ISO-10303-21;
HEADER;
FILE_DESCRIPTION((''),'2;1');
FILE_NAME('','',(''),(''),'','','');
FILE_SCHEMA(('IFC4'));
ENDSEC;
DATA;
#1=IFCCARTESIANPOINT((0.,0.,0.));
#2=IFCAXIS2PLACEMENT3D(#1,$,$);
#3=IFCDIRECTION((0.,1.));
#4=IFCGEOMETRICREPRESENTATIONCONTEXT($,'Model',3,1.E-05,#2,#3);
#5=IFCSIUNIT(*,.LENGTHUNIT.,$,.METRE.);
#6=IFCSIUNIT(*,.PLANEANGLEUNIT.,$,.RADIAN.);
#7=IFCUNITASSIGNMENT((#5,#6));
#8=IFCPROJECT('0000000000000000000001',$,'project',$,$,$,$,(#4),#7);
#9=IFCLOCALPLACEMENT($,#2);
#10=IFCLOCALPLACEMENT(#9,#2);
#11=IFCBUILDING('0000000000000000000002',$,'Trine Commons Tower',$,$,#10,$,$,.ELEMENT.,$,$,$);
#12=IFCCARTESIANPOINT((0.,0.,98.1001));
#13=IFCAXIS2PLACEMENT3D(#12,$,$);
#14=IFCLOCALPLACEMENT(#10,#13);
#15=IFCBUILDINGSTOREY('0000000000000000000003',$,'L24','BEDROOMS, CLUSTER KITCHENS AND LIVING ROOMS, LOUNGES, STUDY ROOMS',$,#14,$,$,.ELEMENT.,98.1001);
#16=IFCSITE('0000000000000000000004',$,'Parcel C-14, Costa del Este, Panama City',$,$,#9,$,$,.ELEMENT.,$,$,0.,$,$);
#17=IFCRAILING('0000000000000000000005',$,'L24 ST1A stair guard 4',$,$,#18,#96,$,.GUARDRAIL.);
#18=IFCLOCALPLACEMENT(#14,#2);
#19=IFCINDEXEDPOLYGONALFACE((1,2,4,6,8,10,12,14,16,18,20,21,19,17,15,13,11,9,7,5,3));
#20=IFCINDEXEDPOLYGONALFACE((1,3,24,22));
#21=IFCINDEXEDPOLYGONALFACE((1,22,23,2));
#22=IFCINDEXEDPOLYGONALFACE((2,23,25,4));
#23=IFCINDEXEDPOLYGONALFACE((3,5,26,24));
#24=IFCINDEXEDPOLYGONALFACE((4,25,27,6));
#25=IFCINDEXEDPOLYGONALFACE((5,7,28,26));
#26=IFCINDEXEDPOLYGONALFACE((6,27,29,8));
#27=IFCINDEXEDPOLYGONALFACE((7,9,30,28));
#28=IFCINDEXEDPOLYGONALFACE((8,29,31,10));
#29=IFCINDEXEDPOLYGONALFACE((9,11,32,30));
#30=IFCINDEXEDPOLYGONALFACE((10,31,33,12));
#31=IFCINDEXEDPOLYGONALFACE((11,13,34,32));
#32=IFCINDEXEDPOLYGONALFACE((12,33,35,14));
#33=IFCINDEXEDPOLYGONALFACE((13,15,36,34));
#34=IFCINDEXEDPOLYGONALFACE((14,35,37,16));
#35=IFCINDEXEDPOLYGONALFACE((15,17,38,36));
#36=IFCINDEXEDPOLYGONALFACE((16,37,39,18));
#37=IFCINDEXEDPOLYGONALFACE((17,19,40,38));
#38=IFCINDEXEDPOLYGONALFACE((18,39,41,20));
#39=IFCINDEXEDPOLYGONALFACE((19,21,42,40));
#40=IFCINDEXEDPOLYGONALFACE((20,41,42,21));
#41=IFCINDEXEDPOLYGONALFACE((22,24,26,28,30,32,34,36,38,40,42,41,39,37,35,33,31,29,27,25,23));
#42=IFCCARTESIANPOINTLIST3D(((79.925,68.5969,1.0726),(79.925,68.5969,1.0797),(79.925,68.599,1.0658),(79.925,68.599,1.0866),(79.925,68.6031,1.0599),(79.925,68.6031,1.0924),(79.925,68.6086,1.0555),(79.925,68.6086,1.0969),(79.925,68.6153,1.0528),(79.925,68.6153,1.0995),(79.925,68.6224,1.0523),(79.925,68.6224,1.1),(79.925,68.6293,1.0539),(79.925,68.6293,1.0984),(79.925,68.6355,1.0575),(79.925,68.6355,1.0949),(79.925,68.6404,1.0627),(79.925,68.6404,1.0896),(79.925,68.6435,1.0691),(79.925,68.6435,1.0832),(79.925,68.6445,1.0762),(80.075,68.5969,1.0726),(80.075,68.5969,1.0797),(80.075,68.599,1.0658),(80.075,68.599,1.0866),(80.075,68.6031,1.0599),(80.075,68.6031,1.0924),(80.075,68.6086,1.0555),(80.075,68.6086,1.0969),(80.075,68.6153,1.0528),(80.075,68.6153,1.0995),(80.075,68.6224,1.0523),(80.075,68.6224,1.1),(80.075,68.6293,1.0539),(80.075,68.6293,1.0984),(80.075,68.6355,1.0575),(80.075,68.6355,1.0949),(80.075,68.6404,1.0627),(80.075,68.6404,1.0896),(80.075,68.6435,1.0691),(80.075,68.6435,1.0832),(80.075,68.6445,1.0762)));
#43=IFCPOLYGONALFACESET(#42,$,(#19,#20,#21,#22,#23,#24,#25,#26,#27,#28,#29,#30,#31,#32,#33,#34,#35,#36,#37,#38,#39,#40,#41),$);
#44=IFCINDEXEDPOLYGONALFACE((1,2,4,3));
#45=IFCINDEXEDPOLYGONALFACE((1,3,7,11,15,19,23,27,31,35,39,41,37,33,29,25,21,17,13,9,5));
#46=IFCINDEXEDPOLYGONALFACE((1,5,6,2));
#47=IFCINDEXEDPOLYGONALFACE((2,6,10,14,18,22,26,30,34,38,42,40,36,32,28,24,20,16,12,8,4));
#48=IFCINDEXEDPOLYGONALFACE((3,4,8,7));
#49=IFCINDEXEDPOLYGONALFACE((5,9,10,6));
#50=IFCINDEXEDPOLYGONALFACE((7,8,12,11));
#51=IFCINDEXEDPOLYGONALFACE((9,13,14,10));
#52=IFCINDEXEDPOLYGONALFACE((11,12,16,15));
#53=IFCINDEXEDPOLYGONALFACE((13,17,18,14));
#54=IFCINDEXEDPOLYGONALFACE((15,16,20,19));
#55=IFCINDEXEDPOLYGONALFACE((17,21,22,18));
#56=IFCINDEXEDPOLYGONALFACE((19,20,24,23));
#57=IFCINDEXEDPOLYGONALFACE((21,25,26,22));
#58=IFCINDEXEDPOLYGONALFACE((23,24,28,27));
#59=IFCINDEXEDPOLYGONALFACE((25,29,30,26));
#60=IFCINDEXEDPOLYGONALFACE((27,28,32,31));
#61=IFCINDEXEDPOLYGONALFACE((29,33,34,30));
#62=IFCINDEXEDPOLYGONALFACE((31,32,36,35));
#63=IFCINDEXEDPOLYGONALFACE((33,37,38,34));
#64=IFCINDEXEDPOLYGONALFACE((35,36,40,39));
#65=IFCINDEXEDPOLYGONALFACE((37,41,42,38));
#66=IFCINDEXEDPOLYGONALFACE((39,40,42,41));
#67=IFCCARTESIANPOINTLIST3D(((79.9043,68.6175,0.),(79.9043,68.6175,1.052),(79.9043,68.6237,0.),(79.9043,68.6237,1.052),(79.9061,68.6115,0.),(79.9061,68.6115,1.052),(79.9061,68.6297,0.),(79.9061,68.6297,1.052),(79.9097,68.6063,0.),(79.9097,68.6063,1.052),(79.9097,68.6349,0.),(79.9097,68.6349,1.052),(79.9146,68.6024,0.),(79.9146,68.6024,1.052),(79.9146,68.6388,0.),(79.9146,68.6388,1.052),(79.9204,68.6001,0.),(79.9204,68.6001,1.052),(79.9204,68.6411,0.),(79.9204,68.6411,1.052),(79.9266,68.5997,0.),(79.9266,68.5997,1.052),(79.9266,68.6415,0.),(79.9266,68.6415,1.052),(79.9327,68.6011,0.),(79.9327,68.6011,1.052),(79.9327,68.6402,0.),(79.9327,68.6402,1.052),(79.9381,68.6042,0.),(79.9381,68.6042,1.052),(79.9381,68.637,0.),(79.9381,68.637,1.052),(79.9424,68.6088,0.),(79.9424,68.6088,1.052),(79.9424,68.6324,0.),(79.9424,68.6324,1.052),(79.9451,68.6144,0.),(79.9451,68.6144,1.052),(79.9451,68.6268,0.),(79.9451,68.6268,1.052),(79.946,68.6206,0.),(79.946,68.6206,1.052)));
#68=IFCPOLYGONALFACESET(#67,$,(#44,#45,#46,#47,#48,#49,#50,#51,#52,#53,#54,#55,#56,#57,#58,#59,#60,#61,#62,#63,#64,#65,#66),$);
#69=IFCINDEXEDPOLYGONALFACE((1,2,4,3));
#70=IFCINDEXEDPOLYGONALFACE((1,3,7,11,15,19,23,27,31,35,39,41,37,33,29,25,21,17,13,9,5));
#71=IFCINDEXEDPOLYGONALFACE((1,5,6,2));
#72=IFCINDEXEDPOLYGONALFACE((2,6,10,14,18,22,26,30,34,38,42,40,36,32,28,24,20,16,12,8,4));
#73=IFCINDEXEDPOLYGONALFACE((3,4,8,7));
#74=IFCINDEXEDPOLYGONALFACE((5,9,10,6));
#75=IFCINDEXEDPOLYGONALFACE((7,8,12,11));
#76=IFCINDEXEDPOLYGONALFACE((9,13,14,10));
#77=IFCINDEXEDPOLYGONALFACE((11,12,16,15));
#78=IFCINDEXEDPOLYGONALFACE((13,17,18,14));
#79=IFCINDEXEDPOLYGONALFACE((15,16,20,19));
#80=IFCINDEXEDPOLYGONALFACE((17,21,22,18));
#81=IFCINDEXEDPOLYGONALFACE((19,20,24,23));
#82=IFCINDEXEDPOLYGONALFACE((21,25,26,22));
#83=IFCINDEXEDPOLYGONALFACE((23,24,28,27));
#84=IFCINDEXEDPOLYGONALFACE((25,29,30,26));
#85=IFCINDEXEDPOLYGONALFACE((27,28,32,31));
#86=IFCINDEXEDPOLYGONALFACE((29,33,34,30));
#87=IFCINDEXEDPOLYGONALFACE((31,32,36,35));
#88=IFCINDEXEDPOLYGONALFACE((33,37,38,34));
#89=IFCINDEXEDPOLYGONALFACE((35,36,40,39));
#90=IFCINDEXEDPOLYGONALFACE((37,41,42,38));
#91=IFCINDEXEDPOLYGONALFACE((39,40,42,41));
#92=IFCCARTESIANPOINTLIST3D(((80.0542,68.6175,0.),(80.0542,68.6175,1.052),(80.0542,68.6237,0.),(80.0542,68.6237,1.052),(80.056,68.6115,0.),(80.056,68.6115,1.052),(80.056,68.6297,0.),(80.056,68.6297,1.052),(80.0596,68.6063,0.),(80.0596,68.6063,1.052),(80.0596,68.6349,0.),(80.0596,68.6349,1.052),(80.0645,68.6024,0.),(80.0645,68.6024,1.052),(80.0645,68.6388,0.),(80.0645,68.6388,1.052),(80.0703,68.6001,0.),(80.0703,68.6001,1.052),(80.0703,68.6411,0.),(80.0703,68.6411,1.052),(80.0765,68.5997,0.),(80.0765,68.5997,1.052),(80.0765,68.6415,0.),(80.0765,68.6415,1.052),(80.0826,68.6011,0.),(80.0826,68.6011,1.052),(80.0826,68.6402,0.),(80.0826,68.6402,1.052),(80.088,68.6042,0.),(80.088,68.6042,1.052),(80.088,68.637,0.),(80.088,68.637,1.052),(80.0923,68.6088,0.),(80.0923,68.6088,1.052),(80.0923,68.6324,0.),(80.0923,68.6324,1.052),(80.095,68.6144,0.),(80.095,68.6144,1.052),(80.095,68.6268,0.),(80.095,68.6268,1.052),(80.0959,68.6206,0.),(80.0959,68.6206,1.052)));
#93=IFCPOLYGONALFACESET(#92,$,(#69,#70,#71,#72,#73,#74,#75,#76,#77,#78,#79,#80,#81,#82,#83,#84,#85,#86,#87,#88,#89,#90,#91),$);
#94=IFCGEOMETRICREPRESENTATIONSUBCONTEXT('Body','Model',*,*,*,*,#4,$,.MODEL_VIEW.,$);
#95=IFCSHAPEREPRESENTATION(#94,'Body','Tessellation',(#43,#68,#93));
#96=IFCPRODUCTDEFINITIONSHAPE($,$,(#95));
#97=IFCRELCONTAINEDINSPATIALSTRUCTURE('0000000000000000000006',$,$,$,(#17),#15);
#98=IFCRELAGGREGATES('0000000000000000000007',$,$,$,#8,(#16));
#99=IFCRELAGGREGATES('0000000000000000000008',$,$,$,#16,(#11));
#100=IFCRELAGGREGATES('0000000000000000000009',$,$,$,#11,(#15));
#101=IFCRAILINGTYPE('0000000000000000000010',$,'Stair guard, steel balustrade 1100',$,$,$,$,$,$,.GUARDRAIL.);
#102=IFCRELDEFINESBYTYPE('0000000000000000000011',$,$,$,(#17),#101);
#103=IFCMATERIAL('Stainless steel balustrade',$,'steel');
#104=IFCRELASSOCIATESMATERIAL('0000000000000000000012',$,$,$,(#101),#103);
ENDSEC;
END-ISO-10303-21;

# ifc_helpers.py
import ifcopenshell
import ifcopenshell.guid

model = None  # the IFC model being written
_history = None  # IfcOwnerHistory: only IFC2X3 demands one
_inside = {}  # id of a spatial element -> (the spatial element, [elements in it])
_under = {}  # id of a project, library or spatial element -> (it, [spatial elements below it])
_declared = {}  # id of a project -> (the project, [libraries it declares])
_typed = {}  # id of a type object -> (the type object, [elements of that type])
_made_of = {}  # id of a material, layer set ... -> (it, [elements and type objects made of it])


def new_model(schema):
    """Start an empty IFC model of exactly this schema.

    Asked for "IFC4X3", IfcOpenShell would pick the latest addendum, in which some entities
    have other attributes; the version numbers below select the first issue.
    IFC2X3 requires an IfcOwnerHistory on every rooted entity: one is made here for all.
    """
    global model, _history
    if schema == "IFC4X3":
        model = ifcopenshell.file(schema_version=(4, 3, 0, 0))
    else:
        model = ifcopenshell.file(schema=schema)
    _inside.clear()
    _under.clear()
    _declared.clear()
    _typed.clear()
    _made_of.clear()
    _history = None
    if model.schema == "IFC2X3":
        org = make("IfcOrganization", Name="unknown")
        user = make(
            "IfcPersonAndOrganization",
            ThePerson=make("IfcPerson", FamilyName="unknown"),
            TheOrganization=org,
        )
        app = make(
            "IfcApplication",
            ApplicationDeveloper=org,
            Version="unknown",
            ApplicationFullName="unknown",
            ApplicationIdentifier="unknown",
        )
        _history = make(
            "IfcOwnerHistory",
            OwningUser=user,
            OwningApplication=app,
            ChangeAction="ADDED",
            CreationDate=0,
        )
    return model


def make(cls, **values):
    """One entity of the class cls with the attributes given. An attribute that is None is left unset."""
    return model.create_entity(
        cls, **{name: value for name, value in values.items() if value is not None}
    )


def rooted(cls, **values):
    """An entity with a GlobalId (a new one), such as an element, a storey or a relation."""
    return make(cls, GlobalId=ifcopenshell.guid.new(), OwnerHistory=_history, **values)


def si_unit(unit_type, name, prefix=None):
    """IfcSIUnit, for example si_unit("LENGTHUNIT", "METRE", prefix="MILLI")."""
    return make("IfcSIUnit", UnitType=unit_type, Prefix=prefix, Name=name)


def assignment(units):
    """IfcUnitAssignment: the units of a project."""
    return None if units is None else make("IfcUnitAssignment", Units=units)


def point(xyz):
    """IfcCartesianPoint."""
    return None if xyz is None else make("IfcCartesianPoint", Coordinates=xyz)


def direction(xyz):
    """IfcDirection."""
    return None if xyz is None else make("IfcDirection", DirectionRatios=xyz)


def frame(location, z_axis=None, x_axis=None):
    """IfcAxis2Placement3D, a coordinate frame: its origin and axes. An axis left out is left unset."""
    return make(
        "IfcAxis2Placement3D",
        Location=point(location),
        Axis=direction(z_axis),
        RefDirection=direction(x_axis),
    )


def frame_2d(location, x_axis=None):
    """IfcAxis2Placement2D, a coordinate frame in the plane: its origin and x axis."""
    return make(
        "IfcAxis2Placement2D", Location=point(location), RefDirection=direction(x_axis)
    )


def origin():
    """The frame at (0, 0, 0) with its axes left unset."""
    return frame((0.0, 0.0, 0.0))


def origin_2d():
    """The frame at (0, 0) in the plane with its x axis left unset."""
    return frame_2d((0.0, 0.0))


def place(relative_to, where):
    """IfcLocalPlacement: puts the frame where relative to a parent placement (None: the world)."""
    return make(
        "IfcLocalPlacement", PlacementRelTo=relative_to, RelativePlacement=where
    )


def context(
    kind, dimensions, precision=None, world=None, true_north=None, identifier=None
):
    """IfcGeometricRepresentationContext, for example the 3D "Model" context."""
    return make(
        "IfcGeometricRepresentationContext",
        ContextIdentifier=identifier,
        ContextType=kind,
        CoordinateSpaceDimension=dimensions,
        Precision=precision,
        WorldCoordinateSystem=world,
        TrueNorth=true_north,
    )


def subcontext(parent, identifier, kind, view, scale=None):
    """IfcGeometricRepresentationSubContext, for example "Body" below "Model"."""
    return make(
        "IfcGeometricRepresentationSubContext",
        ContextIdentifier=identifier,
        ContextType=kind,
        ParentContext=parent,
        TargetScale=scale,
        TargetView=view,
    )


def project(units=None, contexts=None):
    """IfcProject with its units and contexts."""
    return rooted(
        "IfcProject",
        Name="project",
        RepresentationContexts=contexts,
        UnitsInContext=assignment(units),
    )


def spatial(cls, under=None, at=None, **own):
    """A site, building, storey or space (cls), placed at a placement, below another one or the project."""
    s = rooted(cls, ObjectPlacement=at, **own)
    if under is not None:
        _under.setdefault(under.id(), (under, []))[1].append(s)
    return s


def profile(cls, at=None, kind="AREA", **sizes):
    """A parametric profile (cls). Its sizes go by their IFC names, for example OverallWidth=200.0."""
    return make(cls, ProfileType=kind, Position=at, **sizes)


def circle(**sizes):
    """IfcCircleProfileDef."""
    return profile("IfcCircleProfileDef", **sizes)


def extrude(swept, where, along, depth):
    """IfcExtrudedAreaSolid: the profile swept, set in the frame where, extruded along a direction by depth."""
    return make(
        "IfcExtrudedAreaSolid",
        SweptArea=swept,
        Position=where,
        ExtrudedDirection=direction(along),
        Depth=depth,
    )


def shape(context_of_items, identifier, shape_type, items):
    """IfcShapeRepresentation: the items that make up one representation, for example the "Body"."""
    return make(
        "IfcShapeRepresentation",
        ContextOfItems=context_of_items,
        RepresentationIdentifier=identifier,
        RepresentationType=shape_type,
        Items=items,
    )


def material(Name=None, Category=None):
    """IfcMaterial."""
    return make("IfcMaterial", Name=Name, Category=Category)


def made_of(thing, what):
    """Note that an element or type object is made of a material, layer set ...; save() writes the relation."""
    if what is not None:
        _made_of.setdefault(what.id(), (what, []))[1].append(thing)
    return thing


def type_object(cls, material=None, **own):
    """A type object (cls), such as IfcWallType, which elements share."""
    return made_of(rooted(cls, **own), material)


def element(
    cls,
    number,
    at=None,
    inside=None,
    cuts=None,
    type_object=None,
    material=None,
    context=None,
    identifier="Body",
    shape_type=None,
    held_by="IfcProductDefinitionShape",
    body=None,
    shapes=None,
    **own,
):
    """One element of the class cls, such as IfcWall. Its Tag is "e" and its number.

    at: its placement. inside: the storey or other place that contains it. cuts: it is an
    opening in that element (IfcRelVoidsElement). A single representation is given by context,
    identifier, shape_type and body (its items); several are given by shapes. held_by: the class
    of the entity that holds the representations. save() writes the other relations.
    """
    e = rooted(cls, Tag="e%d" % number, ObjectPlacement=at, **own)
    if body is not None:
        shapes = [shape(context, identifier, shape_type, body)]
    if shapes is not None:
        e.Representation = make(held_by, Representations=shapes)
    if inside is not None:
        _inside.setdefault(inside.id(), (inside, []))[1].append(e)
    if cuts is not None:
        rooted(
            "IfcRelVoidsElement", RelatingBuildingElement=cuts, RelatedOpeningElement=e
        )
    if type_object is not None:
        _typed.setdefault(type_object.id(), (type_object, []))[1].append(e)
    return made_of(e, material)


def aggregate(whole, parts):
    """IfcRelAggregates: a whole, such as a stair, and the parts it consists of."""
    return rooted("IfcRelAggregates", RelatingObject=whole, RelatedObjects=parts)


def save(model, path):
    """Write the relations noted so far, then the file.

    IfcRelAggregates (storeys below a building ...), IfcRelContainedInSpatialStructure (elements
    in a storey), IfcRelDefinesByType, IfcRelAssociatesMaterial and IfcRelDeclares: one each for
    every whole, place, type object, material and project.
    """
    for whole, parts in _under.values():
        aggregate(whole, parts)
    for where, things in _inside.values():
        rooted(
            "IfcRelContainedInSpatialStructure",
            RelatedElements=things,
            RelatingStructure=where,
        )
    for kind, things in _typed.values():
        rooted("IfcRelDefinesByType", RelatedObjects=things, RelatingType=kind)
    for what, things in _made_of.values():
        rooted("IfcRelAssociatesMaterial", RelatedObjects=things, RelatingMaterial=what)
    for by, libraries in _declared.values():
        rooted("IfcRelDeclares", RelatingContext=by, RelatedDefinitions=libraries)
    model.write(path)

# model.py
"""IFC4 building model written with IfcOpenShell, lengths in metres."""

from ifc_helpers import new_model, si_unit, direction, frame, origin, origin_2d, place, context, subcontext, project, spatial, circle, extrude, material, type_object, element, save


model = new_model("IFC4")

# Units and contexts
model_context = context("Model", 3, precision=1e-05, world=origin(), true_north=direction((0.0, 1.0)))
body_context = subcontext(model_context, "Body", "Model", "MODEL_VIEW")
ifc_project = project(units=[si_unit("LENGTHUNIT", "METRE"), si_unit("PLANEANGLEUNIT", "RADIAN")], contexts=[model_context])

# Site, building, storey
site_placement = place(None, origin())
site = spatial("IfcSite", under=ifc_project, at=site_placement, Name="Parcel C-14, Costa del Este, Panama City", CompositionType="ELEMENT", RefElevation=0.0)
building_placement = place(site_placement, origin())
building = spatial("IfcBuilding", under=site, at=building_placement, Name="Trine Commons Tower", CompositionType="ELEMENT")
storey_placement = place(building_placement, frame((0.0, 0.0, 98.1001)))
storey = spatial("IfcBuildingStorey", under=building, at=storey_placement, Name="L24", Description="BEDROOMS, CLUSTER KITCHENS AND LIVING ROOMS, LOUNGES, STUDY ROOMS", CompositionType="ELEMENT", Elevation=98.1001)

# Railing
ifc_material_1 = material(Name="Stainless steel balustrade", Category="steel")
railing_type_1 = type_object("IfcRailingType", Name="Stair guard, steel balustrade 1100", PredefinedType="GUARDRAIL", material=ifc_material_1)
railing_1_placement = place(storey_placement, frame((79.925, 68.6206, 0.0)))
element("IfcRailing", 1, at=railing_1_placement, inside=storey, type_object=railing_type_1, Name="L24 ST1A stair guard 4", PredefinedType="GUARDRAIL", context=body_context, shape_type="SweptSolid", body=[
    extrude(circle(Radius=0.0239, at=origin_2d()), frame((0.0, 0.0, 1.0762), z_axis=(1.0, 0.0, 0.0), x_axis=(0.0, 1.0, 0.0)), (0.0, 0.0, 1.0), 0.1499),
    extrude(circle(Radius=0.021, at=origin_2d()), origin(), (0.0, 0.0, 1.0), 1.052),
    extrude(circle(Radius=0.021, at=origin_2d()), frame((0.1499, 0.0, 0.0)), (0.0, 0.0, 1.0), 1.052),
])

save(model, "model.ifc")
